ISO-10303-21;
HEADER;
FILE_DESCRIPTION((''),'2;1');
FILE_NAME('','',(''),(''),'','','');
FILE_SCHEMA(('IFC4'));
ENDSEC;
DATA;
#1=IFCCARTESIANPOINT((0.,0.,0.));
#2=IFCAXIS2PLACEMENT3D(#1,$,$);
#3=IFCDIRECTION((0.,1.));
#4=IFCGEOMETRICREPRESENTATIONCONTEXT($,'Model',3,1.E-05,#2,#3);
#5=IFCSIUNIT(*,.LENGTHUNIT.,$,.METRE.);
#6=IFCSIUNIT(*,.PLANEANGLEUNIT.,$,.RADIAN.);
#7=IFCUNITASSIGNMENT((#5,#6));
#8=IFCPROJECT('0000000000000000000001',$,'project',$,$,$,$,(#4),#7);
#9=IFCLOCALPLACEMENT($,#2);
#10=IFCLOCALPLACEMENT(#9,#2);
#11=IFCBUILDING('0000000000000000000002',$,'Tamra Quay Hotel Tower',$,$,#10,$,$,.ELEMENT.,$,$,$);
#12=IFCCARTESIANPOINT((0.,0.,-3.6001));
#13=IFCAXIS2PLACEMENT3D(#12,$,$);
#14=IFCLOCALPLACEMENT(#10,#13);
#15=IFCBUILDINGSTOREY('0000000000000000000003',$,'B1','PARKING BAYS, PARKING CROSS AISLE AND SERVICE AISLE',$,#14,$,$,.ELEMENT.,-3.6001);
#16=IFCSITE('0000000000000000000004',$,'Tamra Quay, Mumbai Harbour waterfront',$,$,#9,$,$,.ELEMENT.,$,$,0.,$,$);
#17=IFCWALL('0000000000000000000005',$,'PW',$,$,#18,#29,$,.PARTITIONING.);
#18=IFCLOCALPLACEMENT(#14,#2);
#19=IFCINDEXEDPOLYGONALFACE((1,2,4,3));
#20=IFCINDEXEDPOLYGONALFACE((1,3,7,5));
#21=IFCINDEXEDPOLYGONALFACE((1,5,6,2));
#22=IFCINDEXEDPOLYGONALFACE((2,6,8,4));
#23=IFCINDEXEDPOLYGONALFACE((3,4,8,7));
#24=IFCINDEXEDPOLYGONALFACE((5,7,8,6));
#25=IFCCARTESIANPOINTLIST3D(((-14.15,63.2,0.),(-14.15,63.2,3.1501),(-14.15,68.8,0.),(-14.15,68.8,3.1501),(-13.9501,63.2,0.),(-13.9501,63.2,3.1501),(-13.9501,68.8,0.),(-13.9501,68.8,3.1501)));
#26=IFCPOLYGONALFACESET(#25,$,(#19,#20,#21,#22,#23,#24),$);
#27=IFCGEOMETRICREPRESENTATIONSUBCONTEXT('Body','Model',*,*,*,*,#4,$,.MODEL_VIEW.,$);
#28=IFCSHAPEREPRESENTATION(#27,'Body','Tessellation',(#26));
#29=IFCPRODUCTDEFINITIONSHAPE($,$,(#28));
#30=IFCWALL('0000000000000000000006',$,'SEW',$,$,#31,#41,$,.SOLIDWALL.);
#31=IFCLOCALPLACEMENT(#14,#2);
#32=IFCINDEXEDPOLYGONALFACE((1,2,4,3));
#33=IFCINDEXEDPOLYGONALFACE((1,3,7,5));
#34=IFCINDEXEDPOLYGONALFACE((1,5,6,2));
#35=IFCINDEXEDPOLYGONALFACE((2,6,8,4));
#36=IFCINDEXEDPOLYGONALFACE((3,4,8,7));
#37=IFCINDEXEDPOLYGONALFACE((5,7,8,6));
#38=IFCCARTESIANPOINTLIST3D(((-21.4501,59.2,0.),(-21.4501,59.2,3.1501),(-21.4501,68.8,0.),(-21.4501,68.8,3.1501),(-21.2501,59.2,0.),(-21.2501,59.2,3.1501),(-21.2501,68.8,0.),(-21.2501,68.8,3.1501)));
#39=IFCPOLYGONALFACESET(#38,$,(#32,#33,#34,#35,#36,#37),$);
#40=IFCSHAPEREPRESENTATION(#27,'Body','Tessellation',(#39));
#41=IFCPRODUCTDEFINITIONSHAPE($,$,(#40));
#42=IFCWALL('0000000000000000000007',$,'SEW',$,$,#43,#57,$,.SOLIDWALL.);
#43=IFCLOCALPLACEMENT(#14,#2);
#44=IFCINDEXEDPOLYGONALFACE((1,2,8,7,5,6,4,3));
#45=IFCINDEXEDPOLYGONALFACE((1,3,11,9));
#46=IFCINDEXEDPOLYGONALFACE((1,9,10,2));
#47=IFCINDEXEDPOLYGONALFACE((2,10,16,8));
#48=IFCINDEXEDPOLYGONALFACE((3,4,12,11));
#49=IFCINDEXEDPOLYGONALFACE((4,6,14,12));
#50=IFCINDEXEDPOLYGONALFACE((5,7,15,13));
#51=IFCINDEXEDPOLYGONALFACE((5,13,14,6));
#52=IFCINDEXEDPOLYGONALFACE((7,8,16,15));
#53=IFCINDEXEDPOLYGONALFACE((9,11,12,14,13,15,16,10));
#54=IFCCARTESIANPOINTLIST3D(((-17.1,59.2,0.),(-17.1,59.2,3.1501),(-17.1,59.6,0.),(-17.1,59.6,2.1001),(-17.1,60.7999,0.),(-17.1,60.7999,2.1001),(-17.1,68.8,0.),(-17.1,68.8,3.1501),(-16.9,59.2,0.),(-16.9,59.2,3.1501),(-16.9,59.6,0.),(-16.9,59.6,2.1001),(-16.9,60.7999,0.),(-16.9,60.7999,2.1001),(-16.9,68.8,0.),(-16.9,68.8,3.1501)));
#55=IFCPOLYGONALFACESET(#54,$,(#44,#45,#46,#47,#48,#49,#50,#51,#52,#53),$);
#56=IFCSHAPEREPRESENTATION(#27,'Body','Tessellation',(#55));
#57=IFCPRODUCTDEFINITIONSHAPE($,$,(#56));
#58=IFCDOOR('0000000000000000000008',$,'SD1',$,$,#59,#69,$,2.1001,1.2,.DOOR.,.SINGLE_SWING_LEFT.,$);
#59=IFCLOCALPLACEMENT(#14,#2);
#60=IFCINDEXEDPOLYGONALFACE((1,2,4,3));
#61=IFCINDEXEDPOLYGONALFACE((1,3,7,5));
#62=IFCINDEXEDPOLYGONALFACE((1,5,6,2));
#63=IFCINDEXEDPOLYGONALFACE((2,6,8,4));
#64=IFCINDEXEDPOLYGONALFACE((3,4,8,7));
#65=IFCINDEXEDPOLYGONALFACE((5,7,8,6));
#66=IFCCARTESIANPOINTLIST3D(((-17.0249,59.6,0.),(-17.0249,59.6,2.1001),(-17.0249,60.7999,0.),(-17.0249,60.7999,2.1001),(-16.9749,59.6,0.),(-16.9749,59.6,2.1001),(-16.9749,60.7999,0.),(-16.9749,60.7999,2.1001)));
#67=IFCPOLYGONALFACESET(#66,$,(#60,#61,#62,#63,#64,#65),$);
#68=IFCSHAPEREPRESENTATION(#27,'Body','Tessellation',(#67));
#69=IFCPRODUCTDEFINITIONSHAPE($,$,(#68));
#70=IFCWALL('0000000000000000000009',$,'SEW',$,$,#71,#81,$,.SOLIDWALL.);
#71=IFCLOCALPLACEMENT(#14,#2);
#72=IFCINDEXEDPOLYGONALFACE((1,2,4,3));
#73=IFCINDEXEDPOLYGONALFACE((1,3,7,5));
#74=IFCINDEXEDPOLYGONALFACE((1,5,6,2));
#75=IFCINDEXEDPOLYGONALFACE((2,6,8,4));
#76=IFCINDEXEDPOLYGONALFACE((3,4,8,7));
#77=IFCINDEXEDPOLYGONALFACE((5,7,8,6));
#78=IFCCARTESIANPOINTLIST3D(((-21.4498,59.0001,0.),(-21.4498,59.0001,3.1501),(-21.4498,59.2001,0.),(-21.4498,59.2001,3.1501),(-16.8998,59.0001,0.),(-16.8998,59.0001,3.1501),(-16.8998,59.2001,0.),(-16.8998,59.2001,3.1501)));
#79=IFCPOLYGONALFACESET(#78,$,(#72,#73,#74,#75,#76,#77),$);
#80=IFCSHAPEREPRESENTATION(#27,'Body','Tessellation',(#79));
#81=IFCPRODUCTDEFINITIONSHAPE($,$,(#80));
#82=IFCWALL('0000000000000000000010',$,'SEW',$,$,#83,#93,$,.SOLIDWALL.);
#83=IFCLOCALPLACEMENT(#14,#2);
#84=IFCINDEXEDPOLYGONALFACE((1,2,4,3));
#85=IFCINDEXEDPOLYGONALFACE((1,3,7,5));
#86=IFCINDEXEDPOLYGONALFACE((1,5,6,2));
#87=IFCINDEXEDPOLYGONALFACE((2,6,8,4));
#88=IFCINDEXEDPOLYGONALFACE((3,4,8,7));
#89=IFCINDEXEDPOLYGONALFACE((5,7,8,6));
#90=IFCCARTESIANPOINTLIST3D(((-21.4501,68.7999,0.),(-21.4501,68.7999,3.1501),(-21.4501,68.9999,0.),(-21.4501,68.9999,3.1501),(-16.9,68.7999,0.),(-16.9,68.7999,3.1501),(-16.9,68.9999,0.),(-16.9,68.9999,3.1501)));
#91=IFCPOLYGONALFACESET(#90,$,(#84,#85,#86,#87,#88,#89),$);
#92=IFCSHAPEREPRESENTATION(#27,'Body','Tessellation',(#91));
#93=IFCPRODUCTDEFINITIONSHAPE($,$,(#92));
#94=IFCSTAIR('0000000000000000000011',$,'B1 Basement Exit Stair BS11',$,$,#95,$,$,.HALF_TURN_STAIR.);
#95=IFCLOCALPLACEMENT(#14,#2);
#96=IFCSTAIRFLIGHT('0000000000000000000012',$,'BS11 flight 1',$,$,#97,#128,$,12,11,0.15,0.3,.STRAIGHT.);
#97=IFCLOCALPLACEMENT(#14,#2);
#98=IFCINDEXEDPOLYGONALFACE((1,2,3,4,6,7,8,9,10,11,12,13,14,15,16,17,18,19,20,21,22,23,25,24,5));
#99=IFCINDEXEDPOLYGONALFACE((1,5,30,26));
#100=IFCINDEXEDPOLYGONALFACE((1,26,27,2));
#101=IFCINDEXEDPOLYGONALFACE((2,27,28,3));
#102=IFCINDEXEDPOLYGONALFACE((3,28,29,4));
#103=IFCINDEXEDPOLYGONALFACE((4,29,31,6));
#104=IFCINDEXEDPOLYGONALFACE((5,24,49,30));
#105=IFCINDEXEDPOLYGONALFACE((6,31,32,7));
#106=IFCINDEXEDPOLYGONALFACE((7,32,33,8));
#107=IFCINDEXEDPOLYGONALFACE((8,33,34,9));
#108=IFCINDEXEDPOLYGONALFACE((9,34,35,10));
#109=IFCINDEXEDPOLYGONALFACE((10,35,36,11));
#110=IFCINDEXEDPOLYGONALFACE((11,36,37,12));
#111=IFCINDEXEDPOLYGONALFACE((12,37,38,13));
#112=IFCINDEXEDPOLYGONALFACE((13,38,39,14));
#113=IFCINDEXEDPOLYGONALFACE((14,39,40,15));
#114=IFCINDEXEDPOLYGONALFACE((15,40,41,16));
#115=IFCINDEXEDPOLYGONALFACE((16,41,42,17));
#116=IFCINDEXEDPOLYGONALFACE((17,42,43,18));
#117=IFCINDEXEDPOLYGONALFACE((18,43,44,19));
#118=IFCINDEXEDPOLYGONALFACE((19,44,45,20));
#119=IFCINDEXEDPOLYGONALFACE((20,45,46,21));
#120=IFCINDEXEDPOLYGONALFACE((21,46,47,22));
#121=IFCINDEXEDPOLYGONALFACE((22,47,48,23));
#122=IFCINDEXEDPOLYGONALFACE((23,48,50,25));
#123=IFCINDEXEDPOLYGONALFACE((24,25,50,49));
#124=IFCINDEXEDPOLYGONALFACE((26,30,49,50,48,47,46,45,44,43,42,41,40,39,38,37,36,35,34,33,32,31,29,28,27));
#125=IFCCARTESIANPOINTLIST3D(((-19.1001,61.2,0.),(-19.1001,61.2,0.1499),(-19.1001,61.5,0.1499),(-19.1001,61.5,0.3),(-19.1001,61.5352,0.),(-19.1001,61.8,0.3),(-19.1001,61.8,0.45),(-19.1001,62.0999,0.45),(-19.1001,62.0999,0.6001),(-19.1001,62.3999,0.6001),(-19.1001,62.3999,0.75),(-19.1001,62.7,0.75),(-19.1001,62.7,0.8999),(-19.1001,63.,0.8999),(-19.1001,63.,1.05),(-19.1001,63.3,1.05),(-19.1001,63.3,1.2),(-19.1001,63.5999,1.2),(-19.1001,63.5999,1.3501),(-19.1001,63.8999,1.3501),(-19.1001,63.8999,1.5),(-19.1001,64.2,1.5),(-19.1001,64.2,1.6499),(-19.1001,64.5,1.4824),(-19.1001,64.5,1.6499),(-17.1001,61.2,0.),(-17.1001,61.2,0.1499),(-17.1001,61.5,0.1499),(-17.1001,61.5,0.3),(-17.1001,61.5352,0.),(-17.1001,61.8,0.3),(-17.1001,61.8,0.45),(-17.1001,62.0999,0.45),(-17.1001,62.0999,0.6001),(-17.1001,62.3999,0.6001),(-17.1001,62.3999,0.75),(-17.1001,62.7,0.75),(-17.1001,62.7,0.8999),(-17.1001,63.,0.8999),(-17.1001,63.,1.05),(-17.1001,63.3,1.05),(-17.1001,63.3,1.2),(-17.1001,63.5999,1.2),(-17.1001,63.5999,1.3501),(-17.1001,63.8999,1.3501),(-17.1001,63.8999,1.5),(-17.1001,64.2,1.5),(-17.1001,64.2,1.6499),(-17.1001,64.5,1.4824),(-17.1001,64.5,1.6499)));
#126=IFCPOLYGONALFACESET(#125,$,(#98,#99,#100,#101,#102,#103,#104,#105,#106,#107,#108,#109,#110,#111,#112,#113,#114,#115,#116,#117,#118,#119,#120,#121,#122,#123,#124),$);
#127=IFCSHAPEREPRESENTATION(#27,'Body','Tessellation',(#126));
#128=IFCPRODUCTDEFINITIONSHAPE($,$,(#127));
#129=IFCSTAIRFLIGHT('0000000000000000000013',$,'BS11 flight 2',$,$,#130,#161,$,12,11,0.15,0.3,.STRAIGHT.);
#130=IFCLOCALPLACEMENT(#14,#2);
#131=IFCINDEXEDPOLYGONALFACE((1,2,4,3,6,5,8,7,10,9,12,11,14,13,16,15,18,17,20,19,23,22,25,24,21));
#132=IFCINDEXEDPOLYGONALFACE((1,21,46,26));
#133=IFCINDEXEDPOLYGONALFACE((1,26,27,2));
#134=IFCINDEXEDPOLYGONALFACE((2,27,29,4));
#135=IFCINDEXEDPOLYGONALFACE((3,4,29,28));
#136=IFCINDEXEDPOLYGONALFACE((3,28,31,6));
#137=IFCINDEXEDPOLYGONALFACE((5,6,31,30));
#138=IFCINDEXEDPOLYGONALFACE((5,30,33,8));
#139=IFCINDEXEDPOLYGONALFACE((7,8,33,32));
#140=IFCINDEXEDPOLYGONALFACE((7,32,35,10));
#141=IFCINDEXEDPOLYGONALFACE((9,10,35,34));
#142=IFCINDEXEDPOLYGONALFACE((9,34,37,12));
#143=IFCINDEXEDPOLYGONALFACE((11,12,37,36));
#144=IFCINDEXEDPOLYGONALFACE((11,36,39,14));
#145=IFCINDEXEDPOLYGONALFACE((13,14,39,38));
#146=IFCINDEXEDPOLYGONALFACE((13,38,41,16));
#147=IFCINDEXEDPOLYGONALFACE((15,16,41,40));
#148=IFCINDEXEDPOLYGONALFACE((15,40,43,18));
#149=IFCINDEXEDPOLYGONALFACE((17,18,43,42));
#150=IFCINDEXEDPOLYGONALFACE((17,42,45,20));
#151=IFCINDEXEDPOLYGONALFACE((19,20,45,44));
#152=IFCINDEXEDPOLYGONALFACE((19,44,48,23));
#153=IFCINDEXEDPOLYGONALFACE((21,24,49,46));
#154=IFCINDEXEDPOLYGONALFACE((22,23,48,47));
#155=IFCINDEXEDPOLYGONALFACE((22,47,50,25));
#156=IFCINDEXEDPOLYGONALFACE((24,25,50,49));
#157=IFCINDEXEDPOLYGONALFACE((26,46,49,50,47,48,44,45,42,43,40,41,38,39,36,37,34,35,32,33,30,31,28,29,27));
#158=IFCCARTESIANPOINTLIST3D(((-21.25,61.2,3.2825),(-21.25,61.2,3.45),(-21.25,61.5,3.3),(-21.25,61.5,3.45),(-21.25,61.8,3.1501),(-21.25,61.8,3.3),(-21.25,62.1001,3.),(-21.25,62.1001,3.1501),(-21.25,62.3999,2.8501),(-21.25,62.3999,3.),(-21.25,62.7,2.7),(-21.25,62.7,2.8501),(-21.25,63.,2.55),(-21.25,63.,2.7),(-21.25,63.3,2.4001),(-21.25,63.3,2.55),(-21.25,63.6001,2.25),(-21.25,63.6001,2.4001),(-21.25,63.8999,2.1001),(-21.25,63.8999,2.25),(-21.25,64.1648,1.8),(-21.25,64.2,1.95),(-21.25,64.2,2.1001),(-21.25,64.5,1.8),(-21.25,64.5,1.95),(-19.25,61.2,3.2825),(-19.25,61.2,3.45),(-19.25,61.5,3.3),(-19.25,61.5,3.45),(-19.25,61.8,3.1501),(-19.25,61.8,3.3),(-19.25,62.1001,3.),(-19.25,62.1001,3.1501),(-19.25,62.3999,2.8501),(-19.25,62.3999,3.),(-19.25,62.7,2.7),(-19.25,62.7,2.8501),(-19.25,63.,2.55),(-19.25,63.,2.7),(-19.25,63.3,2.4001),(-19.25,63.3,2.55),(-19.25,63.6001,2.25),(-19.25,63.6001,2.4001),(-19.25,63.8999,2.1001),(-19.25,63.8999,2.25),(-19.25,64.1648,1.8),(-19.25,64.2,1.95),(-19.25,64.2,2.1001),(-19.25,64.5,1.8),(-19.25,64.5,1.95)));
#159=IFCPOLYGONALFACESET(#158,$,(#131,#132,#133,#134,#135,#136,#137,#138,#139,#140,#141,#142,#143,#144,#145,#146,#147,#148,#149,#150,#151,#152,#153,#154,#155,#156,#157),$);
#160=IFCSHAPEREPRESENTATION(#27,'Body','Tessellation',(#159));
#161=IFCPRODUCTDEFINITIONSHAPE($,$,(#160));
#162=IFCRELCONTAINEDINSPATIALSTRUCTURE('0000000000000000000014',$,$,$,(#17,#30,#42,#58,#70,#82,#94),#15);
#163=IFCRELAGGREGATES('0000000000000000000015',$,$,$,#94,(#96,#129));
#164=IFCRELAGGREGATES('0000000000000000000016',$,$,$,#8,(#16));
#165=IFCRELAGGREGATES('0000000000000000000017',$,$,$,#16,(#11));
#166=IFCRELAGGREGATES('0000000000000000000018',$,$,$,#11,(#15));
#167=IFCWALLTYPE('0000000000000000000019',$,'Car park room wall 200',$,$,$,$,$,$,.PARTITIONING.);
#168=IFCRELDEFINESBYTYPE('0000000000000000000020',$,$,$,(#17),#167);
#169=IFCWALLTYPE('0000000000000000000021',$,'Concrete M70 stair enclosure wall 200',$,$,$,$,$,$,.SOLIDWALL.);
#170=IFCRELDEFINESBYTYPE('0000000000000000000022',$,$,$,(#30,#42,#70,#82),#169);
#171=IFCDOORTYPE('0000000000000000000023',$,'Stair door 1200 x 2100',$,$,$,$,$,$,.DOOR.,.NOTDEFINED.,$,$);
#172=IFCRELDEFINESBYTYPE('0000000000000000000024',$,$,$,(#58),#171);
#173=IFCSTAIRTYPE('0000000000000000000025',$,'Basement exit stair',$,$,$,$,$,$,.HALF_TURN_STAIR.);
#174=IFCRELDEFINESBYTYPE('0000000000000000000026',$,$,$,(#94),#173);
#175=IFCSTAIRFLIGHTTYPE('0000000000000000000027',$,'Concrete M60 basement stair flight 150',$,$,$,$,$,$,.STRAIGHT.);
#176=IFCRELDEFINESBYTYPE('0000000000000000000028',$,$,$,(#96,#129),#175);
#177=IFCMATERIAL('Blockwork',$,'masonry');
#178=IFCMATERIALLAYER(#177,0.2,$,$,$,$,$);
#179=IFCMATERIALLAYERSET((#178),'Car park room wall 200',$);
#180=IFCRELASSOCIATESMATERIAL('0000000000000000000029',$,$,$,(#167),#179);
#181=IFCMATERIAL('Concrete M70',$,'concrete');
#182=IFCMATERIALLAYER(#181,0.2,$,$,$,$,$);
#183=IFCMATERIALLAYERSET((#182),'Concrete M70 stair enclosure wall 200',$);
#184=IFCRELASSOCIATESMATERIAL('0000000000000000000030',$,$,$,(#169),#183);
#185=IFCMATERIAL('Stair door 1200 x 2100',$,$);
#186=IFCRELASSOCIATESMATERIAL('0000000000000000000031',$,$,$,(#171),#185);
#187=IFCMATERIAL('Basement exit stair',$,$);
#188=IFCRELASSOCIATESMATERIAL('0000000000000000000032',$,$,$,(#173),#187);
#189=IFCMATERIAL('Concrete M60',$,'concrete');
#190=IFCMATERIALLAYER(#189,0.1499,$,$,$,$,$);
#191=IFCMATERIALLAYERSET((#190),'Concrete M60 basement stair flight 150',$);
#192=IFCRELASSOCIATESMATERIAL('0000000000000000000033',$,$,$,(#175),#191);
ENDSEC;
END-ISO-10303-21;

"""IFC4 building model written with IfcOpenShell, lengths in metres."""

from ifc_helpers import new_model, si_unit, direction, frame, frame_2d, origin, place, context, subcontext, project, spatial, polyline, rectangle, outline, extrude, material, layer, layer_set, type_object, element, fill, aggregate, save


model = new_model("IFC4")

# Units and contexts
model_context = context("Model", 3, precision=1e-05, world=origin(), true_north=direction((0.0, 1.0)))
body_context = subcontext(model_context, "Body", "Model", "MODEL_VIEW")
ifc_project = project(units=[si_unit("LENGTHUNIT", "METRE"), si_unit("PLANEANGLEUNIT", "RADIAN")], contexts=[model_context])

# Site, building, storey
site_placement = place(None, origin())
site = spatial("IfcSite", under=ifc_project, at=site_placement, Name="Tamra Quay, Mumbai Harbour waterfront", CompositionType="ELEMENT", RefElevation=0.0)
building_placement = place(site_placement, origin())
building = spatial("IfcBuilding", under=site, at=building_placement, Name="Tamra Quay Hotel Tower", CompositionType="ELEMENT")
storey_placement = place(building_placement, frame((0.0, 0.0, -3.6001)))
storey = spatial("IfcBuildingStorey", under=building, at=storey_placement, Name="B1", Description="PARKING BAYS, PARKING CROSS AISLE AND SERVICE AISLE", CompositionType="ELEMENT", Elevation=-3.6001)

# Shared definitions
ifc_material_1 = material(Name="Concrete M70", Category="concrete")

# Shared definitions
ifc_material_2 = material(Name="Blockwork", Category="masonry")
ifc_layer_1 = layer(ifc_material_2, 0.2)
ifc_layer_set_1 = layer_set([ifc_layer_1], Name="Car park room wall 200")
wall_type_1 = type_object("IfcWallType", Name="Car park room wall 200", PredefinedType="PARTITIONING", material=ifc_layer_set_1)

# Walls
wall_1_placement = place(storey_placement, frame((-14.05, 63.2, 0.0), z_axis=(0.0, 0.0, 1.0), x_axis=(0.0, 1.0, 0.0)))
element("IfcWall", 1, at=wall_1_placement, inside=storey, type_object=wall_type_1, Name="PW", PredefinedType="PARTITIONING", context=body_context, shape_type="SweptSolid", body=[
    extrude(rectangle(XDim=5.6001, YDim=0.2, at=frame_2d((2.8, 0.0))), origin(), (0.0, 0.0, 1.0), 3.1501),
])
ifc_layer_2 = layer(ifc_material_1, 0.2)
ifc_layer_set_2 = layer_set([ifc_layer_2], Name="Concrete M70 stair enclosure wall 200")
wall_type_2 = type_object("IfcWallType", Name="Concrete M70 stair enclosure wall 200", PredefinedType="SOLIDWALL", material=ifc_layer_set_2)
wall_2_placement = place(storey_placement, frame((-21.3501, 59.2, 0.0), z_axis=(0.0, 0.0, 1.0), x_axis=(0.0, 1.0, 0.0)))
element("IfcWall", 2, at=wall_2_placement, inside=storey, type_object=wall_type_2, Name="SEW", PredefinedType="SOLIDWALL", context=body_context, shape_type="SweptSolid", body=[
    extrude(rectangle(XDim=9.6001, YDim=0.2, at=frame_2d((4.8, 0.0))), origin(), (0.0, 0.0, 1.0), 3.1501),
])

# Wall, opening, door
wall_3_placement = place(storey_placement, frame((-17.0, 59.2, 0.0), z_axis=(0.0, 0.0, 1.0), x_axis=(0.0, 1.0, 0.0)))
wall_3 = element("IfcWall", 3, at=wall_3_placement, inside=storey, type_object=wall_type_2, Name="SEW", PredefinedType="SOLIDWALL", context=body_context, shape_type="SweptSolid", body=[
    extrude(rectangle(XDim=9.6001, YDim=0.2, at=frame_2d((4.8, 0.0))), origin(), (0.0, 0.0, 1.0), 3.1501),
])
opening_1_placement = place(wall_3_placement, frame((0.3999, 0.0, 0.0)))
opening_1 = element("IfcOpeningElement", 4, at=opening_1_placement, cuts=wall_3, PredefinedType="OPENING", context=body_context, shape_type="SweptSolid", body=[
    extrude(rectangle(XDim=1.2, YDim=2.1001, at=frame_2d((0.6001, 1.05))), frame((0.0, 0.1099, 0.0), z_axis=(0.0, -1.0, 0.0), x_axis=(1.0, 0.0, 0.0)), (0.0, 0.0, 1.0), 0.22),
])
ifc_material_3 = material(Name="Stair door 1200 x 2100")
door_type_1 = type_object("IfcDoorType", Name="Stair door 1200 x 2100", OperationType="NOTDEFINED", PredefinedType="DOOR", material=ifc_material_3)
door_1_placement = place(opening_1_placement, origin())
door_1 = element("IfcDoor", 5, at=door_1_placement, inside=storey, type_object=door_type_1, Name="SD1", OperationType="SINGLE_SWING_LEFT", OverallHeight=2.1001, OverallWidth=1.2, PredefinedType="DOOR", context=body_context, shape_type="SweptSolid", body=[
    extrude(rectangle(XDim=1.2, YDim=2.1001, at=frame_2d((0.6001, 1.05))), frame((0.0, 0.0249, 0.0), z_axis=(0.0, -1.0, 0.0), x_axis=(1.0, 0.0, 0.0)), (0.0, 0.0, 1.0), 0.05),
])
fill(opening_1, door_1)

# Walls
for number, where, z_axis, x_axis, name in (
    (6, (-16.8999, 59.1001, 0.0), (0.0, 0.0, 1.0), (-1.0, 0.0, 0.0), "SEW"),
    (7, (-21.45, 68.8999, 0.0), (0.0, 0.0, 1.0), (1.0, 0.0, 0.0), "SEW"),
):
    element("IfcWall", number, at=place(storey_placement, frame(where, z_axis=z_axis, x_axis=x_axis)), inside=storey, type_object=wall_type_2, Name=name, PredefinedType="SOLIDWALL", context=body_context, shape_type="SweptSolid", body=[
        extrude(rectangle(XDim=4.55, YDim=0.2, at=frame_2d((2.2749, 0.0))), origin(), (0.0, 0.0, 1.0), 3.1501),
    ])

# Stair, stair flights
ifc_material_4 = material(Name="Basement exit stair")
stair_type = type_object("IfcStairType", Name="Basement exit stair", PredefinedType="HALF_TURN_STAIR", material=ifc_material_4)
stair_placement = place(storey_placement, origin())
stair = element("IfcStair", 8, at=stair_placement, inside=storey, type_object=stair_type, Name="B1 Basement Exit Stair BS11", PredefinedType="HALF_TURN_STAIR")
ifc_material_5 = material(Name="Concrete M60", Category="concrete")
ifc_layer_3 = layer(ifc_material_5, 0.1499)
ifc_layer_set_3 = layer_set([ifc_layer_3], Name="Concrete M60 basement stair flight 150")
stair_flight_type = type_object("IfcStairFlightType", Name="Concrete M60 basement stair flight 150", PredefinedType="STRAIGHT", material=ifc_layer_set_3)
stair_flight_1_placement = place(storey_placement, frame((-18.1001, 61.2, 0.0), z_axis=(0.0, 0.0, 1.0), x_axis=(0.0, 1.0, 0.0)))
stair_flight_1 = element("IfcStairFlight", 9, at=stair_flight_1_placement, type_object=stair_flight_type, Name="BS11 flight 1", NumberOfRisers=12, NumberOfTreads=11, PredefinedType="STRAIGHT", RiserHeight=0.15, TreadLength=0.3, context=body_context, shape_type="SweptSolid", body=[
    extrude(outline(polyline([(0.0, 0.0), (0.0, 0.1499), (0.3, 0.1499), (0.3, 0.3), (0.6001, 0.3), (0.6001, 0.45), (0.8999, 0.45), (0.8999, 0.6001), (1.2, 0.6001), (1.2, 0.75), (1.5, 0.75), (1.5, 0.8999), (1.8, 0.8999), (1.8, 1.05), (2.1001, 1.05), (2.1001, 1.2), (2.3999, 1.2), (2.3999, 1.3501), (2.7, 1.3501), (2.7, 1.5), (3.0, 1.5), (3.0, 1.6499), (3.3, 1.6499), (3.3, 1.8), (3.3, 1.4824), (0.3352, 0.0), (0.0, 0.0)])), frame((0.0, 1.0, 0.0), z_axis=(0.0, -1.0, 0.0), x_axis=(1.0, 0.0, 0.0)), (0.0, 0.0, 1.0), 2.0),
])
stair_flight_2_placement = place(storey_placement, frame((-20.25, 64.5, 1.8), z_axis=(0.0, 0.0, 1.0), x_axis=(0.0, -1.0, 0.0)))
stair_flight_2 = element("IfcStairFlight", 10, at=stair_flight_2_placement, type_object=stair_flight_type, Name="BS11 flight 2", NumberOfRisers=12, NumberOfTreads=11, PredefinedType="STRAIGHT", RiserHeight=0.15, TreadLength=0.3, context=body_context, shape_type="SweptSolid", body=[
    extrude(outline(polyline([(0.0, 0.0), (0.0, 0.1499), (0.3, 0.1499), (0.3, 0.3), (0.6001, 0.3), (0.6001, 0.45), (0.8999, 0.45), (0.8999, 0.6001), (1.2, 0.6001), (1.2, 0.75), (1.5, 0.75), (1.5, 0.8999), (1.8, 0.8999), (1.8, 1.05), (2.1001, 1.05), (2.1001, 1.2), (2.3999, 1.2), (2.3999, 1.3501), (2.7, 1.3501), (2.7, 1.5), (3.0, 1.5), (3.0, 1.6499), (3.3, 1.6499), (3.3, 1.8), (3.3, 1.4824), (0.3352, 0.0), (0.0, 0.0)])), frame((0.0, 1.0, 0.0), z_axis=(0.0, -1.0, 0.0), x_axis=(1.0, 0.0, 0.0)), (0.0, 0.0, 1.0), 2.0),
])
aggregate(stair, [stair_flight_1, stair_flight_2])

save(model, "model.ifc")
